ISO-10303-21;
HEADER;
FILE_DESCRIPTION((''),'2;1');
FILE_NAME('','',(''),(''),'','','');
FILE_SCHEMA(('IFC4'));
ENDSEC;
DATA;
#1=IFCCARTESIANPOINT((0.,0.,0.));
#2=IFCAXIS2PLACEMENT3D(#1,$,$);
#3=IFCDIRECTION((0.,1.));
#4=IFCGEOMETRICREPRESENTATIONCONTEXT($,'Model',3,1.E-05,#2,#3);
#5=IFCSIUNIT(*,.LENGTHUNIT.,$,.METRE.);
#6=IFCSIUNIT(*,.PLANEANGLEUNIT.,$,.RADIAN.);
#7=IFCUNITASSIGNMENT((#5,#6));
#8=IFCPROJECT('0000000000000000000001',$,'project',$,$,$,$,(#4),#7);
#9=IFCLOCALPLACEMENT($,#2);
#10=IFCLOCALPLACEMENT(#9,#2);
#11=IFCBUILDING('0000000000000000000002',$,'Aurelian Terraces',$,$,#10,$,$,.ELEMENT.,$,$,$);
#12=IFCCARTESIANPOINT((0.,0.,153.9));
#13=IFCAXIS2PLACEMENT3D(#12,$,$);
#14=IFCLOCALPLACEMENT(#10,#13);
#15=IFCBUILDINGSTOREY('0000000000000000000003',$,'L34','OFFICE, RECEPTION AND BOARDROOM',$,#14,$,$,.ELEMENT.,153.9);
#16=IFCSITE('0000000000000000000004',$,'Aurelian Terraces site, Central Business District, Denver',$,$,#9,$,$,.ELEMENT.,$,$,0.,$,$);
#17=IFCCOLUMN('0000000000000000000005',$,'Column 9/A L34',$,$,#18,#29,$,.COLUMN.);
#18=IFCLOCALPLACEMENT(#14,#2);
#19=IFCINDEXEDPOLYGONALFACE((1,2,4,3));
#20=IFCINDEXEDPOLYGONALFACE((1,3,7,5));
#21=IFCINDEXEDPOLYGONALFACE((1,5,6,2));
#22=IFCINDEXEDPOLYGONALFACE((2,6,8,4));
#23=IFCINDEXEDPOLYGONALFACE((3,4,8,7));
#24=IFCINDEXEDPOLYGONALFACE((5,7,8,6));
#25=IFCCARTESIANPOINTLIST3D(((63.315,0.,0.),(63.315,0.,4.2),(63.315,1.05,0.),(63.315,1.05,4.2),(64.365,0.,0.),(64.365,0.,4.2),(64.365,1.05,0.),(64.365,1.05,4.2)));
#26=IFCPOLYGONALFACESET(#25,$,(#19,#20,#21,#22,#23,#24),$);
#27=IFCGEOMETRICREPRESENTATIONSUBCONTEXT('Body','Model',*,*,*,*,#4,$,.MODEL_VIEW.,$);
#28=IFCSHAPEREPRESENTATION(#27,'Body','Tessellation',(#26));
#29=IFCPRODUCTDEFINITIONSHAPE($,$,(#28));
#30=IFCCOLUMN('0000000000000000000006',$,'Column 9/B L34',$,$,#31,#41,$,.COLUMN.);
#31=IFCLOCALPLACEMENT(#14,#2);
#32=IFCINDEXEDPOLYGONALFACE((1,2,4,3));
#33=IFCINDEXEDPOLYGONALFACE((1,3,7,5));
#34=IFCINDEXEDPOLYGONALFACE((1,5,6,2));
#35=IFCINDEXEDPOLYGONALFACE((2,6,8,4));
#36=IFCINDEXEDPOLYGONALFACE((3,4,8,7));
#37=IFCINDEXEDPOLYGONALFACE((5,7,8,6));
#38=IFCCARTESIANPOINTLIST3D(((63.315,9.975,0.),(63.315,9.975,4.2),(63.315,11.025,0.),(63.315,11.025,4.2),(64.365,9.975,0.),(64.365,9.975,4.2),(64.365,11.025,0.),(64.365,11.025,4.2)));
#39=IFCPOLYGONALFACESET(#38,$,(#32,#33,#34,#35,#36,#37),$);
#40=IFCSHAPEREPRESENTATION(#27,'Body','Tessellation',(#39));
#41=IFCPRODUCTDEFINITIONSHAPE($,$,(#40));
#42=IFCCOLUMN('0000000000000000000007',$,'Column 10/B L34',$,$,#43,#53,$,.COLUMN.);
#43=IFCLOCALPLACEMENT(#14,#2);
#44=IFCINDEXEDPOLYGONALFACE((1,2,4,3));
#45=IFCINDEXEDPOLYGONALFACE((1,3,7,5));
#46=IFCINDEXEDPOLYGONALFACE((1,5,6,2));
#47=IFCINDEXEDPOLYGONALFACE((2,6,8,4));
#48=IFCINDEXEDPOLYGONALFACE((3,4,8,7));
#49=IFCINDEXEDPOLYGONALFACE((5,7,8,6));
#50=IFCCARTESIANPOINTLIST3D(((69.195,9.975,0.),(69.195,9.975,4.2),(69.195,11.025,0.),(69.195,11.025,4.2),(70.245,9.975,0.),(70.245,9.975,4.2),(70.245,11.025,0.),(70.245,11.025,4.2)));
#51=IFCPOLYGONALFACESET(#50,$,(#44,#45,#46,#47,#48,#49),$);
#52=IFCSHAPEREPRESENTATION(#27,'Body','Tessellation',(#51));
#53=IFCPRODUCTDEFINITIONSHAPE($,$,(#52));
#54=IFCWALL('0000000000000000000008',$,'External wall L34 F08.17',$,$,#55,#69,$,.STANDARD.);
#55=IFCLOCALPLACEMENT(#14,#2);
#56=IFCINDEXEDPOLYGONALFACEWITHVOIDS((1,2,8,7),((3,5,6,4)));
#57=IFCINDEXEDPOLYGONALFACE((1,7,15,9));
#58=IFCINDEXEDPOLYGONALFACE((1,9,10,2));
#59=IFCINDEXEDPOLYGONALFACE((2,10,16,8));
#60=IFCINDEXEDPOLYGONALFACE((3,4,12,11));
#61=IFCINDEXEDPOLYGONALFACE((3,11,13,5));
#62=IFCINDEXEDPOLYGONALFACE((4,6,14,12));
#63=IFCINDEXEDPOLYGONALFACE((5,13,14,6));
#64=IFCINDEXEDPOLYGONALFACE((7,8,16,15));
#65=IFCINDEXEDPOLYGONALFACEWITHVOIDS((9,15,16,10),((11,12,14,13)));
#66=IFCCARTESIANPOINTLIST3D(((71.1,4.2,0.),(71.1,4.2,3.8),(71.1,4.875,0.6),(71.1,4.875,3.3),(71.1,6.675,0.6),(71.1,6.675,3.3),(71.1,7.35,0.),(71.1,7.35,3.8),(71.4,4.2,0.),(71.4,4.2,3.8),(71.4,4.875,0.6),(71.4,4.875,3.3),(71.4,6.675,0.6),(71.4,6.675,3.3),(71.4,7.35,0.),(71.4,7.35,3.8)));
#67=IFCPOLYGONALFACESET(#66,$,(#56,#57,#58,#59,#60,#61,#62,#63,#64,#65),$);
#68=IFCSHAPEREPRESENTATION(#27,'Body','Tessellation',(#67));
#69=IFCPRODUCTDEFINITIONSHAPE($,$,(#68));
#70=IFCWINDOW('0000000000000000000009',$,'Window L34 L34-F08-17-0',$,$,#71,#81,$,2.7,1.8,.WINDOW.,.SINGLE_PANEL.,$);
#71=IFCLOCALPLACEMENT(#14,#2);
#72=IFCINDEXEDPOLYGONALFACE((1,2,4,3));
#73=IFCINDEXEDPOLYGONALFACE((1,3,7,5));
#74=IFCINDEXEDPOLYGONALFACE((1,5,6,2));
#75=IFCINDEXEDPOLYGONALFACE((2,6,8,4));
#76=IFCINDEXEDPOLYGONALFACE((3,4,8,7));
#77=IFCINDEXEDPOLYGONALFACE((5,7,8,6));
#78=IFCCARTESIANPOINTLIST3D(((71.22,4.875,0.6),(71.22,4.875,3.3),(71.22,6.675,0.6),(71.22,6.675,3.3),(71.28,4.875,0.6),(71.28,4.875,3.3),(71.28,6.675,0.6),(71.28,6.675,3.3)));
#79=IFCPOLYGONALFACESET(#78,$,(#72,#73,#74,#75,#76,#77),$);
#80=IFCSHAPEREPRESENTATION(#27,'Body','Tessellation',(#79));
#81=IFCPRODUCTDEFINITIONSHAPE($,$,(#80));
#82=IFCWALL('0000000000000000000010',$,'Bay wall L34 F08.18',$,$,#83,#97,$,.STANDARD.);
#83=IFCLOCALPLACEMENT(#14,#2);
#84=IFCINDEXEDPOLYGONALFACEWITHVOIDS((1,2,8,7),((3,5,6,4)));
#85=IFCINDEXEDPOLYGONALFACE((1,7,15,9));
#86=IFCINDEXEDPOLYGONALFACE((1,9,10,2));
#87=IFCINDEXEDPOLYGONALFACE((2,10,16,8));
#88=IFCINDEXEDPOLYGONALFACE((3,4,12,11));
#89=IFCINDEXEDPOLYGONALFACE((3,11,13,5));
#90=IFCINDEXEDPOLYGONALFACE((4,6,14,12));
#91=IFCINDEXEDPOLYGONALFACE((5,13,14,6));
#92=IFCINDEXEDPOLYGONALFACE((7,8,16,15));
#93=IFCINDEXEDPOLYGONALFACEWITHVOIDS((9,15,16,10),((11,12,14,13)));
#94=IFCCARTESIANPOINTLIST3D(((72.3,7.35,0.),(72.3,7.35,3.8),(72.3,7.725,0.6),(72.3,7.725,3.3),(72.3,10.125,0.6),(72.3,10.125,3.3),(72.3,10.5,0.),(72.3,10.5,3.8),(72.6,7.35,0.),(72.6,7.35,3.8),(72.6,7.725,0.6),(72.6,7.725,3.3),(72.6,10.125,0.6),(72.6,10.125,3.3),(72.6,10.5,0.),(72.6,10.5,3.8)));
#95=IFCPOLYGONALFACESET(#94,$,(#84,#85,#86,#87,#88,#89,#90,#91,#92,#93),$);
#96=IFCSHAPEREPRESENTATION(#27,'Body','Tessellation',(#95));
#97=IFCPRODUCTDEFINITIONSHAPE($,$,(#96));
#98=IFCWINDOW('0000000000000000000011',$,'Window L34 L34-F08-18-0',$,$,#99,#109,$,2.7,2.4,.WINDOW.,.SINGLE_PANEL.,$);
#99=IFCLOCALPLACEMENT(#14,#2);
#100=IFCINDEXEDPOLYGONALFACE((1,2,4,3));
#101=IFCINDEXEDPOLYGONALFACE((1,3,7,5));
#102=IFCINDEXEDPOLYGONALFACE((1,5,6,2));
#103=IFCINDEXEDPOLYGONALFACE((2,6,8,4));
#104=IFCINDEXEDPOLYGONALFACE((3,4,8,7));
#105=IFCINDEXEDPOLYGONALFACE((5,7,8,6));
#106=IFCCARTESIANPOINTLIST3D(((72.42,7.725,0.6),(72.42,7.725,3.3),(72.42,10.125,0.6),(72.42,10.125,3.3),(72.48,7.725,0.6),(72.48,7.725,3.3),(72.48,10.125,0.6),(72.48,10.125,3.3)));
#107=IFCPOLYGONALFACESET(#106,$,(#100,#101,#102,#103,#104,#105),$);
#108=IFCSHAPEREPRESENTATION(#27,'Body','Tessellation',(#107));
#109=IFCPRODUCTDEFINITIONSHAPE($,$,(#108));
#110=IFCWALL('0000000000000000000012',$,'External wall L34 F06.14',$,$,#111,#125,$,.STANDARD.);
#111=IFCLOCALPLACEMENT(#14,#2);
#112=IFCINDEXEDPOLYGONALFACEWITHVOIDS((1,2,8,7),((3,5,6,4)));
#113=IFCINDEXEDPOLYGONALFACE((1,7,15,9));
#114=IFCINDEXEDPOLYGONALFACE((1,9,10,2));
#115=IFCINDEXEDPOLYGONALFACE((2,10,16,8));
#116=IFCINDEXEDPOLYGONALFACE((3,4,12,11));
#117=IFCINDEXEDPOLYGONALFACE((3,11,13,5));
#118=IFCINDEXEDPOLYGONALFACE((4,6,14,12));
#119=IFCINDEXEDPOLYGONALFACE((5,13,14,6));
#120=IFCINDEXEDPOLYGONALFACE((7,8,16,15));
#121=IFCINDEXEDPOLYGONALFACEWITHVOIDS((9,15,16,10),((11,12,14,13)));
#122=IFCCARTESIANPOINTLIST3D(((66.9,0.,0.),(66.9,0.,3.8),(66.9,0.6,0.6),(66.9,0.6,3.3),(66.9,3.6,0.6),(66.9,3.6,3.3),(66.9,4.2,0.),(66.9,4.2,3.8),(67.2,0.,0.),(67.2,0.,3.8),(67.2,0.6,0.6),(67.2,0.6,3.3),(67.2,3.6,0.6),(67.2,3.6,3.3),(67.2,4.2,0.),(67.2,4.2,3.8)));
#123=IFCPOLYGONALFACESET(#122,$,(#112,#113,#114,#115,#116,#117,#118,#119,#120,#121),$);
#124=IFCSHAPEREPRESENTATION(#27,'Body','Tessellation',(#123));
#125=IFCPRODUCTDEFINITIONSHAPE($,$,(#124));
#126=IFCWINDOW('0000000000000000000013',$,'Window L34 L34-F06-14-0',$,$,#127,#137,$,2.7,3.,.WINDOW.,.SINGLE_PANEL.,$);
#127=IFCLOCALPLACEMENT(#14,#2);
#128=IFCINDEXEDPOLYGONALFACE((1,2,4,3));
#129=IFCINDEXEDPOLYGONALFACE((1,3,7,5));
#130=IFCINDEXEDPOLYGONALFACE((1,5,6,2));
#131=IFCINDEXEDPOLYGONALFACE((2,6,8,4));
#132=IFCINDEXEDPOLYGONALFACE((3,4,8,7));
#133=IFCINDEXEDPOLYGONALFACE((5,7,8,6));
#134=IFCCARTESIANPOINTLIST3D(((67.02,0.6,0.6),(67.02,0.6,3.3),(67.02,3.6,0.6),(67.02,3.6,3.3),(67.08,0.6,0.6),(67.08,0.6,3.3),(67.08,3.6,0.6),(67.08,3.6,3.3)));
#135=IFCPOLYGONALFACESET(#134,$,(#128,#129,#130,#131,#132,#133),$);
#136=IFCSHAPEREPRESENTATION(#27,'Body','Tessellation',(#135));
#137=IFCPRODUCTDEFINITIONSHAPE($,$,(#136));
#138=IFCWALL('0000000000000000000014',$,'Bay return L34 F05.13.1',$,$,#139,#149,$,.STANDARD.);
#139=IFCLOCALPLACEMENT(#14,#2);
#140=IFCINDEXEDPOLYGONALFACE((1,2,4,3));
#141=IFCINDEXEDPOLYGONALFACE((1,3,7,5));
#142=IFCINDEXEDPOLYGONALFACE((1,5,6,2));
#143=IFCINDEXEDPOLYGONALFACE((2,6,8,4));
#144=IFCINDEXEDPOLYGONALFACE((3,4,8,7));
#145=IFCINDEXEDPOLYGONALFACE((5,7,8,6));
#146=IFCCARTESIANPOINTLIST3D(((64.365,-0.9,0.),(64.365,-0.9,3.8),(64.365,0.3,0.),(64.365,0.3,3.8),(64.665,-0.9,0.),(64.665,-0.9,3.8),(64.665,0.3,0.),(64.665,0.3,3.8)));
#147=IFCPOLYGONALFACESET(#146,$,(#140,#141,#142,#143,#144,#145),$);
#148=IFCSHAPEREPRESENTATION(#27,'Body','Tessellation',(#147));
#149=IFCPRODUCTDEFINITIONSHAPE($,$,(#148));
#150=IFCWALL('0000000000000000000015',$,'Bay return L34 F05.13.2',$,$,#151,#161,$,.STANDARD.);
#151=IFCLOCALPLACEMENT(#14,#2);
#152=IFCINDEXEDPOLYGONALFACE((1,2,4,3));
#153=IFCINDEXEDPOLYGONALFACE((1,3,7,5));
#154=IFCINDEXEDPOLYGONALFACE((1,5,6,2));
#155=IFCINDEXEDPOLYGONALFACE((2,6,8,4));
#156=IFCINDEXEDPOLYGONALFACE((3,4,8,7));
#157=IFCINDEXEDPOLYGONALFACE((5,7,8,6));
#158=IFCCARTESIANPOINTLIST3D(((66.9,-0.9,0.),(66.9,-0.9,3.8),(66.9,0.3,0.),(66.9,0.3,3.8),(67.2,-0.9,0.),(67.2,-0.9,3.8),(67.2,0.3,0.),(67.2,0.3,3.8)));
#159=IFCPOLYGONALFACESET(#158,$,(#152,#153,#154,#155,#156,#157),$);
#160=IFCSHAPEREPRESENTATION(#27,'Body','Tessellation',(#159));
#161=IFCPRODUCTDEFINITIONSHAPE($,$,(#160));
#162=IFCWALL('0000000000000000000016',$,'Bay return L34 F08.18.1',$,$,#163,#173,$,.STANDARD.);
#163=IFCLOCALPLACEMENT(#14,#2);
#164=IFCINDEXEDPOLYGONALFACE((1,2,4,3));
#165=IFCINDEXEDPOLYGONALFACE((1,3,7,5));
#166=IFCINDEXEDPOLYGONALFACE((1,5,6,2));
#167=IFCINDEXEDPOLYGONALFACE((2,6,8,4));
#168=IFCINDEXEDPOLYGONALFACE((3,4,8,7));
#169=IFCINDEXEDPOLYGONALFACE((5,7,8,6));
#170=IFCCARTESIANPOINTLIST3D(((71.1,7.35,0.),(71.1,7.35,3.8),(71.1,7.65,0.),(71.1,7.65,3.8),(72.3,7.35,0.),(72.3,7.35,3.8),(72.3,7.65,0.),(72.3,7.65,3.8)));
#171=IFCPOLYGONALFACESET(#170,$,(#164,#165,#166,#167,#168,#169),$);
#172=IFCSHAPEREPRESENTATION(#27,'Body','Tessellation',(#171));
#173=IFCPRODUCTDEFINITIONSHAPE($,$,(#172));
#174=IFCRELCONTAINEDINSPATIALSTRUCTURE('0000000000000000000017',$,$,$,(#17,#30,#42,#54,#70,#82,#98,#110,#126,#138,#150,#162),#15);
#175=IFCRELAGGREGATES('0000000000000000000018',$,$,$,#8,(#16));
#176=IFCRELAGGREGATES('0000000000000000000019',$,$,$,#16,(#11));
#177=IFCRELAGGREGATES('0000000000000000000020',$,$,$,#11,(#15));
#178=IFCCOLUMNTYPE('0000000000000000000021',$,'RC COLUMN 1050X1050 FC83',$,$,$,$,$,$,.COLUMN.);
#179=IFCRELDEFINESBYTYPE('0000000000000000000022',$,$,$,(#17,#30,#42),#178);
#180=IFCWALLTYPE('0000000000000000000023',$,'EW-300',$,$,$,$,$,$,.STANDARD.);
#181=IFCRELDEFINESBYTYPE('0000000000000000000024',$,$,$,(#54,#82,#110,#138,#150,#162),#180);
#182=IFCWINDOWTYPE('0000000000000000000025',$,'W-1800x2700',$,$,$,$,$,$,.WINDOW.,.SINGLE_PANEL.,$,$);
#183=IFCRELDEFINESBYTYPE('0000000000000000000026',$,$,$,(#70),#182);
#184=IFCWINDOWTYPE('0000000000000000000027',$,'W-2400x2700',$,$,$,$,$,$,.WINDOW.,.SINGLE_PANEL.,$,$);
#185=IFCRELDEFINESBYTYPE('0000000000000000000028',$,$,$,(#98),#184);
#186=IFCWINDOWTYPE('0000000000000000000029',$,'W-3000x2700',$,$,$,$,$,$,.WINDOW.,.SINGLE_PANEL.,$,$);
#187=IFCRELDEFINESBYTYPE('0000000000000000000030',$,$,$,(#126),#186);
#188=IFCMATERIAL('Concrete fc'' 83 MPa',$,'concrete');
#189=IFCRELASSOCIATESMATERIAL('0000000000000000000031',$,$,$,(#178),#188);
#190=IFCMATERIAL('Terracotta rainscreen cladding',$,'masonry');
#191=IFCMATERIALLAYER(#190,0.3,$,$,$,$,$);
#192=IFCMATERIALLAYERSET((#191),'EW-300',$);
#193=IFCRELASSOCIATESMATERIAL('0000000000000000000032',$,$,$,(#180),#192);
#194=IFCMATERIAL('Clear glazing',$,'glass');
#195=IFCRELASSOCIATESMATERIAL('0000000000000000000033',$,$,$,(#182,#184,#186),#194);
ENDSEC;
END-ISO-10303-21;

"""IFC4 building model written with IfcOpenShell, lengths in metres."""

from ifc_helpers import new_model, si_unit, direction, frame, frame_2d, origin, origin_2d, place, context, subcontext, project, spatial, rectangle, extrude, source, transform, mapped, material, layer, layer_set, material_profile, profile_set, type_object, element, fill, save


model = new_model("IFC4")

# Units and contexts
model_context = context("Model", 3, precision=1e-05, world=origin(), true_north=direction((0.0, 1.0)))
body_context = subcontext(model_context, "Body", "Model", "MODEL_VIEW")
ifc_project = project(units=[si_unit("LENGTHUNIT", "METRE"), si_unit("PLANEANGLEUNIT", "RADIAN")], contexts=[model_context])

# Site, building, storey
site_placement = place(None, origin())
site = spatial("IfcSite", under=ifc_project, at=site_placement, Name="Aurelian Terraces site, Central Business District, Denver", CompositionType="ELEMENT", RefElevation=0.0)
building_placement = place(site_placement, origin())
building = spatial("IfcBuilding", under=site, at=building_placement, Name="Aurelian Terraces", CompositionType="ELEMENT")
storey_placement = place(building_placement, frame((0.0, 0.0, 153.9)))
storey = spatial("IfcBuildingStorey", under=building, at=storey_placement, Name="L34", Description="OFFICE, RECEPTION AND BOARDROOM", CompositionType="ELEMENT", Elevation=153.9)

# Columns
ifc_material_1 = material(Name="Concrete fc' 83 MPa", Category="concrete")
ifc_material_profile = material_profile(ifc_material_1, rectangle(XDim=1.05, YDim=1.05, at=origin_2d()))
ifc_profile_set = profile_set([ifc_material_profile], Name="Concrete fc' 83 MPa")
column_type = type_object("IfcColumnType", Name="RC COLUMN 1050X1050 FC83", PredefinedType="COLUMN", material=ifc_profile_set)
shared_shape_1 = source(origin(), body_context, "Body", "SweptSolid", [
    extrude(rectangle(XDim=1.05, YDim=1.05, at=origin_2d()), origin(), (0.0, 0.0, 1.0), 4.2),
])
for number, where, z_axis, x_axis, name in (
    (1, (63.84, 0.525, 0.0), (0.0, 0.0, 1.0), (1.0, 0.0, 0.0), "Column 9/A L34"),
    (2, (63.84, 10.5, 0.0), (0.0, 0.0, 1.0), (1.0, 0.0, 0.0), "Column 9/B L34"),
    (3, (69.72, 10.5, 0.0), (0.0, 0.0, 1.0), (1.0, 0.0, 0.0), "Column 10/B L34"),
):
    element("IfcColumn", number, at=place(storey_placement, frame(where, z_axis=z_axis, x_axis=x_axis)), inside=storey, type_object=column_type, Name=name, PredefinedType="COLUMN", context=body_context, shape_type="MappedRepresentation", body=[
        mapped(shared_shape_1, transform((0.0, 0.0, 0.0), scale=1.0)),
    ])

# Walls, openings, windows
ifc_material_2 = material(Name="Terracotta rainscreen cladding", Category="masonry")
ifc_layer_1 = layer(ifc_material_2, 0.3)
ifc_layer_set_1 = layer_set([ifc_layer_1], Name="EW-300")
wall_type_1 = type_object("IfcWallType", Name="EW-300", PredefinedType="STANDARD", material=ifc_layer_set_1)
shared_shape_2 = source(origin(), body_context, "Body", "SweptSolid", [
    extrude(rectangle(XDim=3.15, YDim=0.3, at=frame_2d((1.575, 0.0))), origin(), (0.0, 0.0, 1.0), 3.8),
])
wall_1_placement = place(storey_placement, frame((71.25, 4.2, 0.0), z_axis=(0.0, 0.0, 1.0), x_axis=(0.0, 1.0, 0.0)))
wall_1 = element("IfcWall", 4, at=wall_1_placement, inside=storey, type_object=wall_type_1, Name="External wall L34 F08.17", PredefinedType="STANDARD", context=body_context, shape_type="MappedRepresentation", body=[
    mapped(shared_shape_2, transform((0.0, 0.0, 0.0), scale=1.0)),
])
shared_shape_3 = source(origin(), body_context, "Body", "SweptSolid", [
    extrude(rectangle(XDim=1.8, YDim=2.7, at=frame_2d((0.9, 1.35))), frame((0.0, 0.16, 0.0), z_axis=(0.0, -1.0, 0.0), x_axis=(1.0, 0.0, 0.0)), (0.0, 0.0, 1.0), 0.32),
])
opening_1_placement = place(wall_1_placement, frame((0.675, 0.0, 0.6)))
opening_1 = element("IfcOpeningElement", 5, at=opening_1_placement, cuts=wall_1, PredefinedType="OPENING", context=body_context, shape_type="MappedRepresentation", body=[
    mapped(shared_shape_3, transform((0.0, 0.0, 0.0), scale=1.0)),
])
ifc_material_3 = material(Name="Clear glazing", Category="glass")
window_type_1 = type_object("IfcWindowType", Name="W-1800x2700", PartitioningType="SINGLE_PANEL", PredefinedType="WINDOW", material=ifc_material_3)
shared_shape_4 = source(origin(), body_context, "Body", "SweptSolid", [
    extrude(rectangle(XDim=1.8, YDim=2.7, at=frame_2d((0.9, 1.35))), frame((0.0, 0.03, 0.0), z_axis=(0.0, -1.0, 0.0), x_axis=(1.0, 0.0, 0.0)), (0.0, 0.0, 1.0), 0.06),
])
window_1_placement = place(opening_1_placement, origin())
window_1 = element("IfcWindow", 6, at=window_1_placement, inside=storey, type_object=window_type_1, Name="Window L34 L34-F08-17-0", OverallHeight=2.7, OverallWidth=1.8, PartitioningType="SINGLE_PANEL", PredefinedType="WINDOW", context=body_context, shape_type="MappedRepresentation", body=[
    mapped(shared_shape_4, transform((0.0, 0.0, 0.0), scale=1.0)),
])
fill(opening_1, window_1)
wall_2_placement = place(storey_placement, frame((72.45, 7.35, 0.0), z_axis=(0.0, 0.0, 1.0), x_axis=(0.0, 1.0, 0.0)))
wall_2 = element("IfcWall", 7, at=wall_2_placement, inside=storey, type_object=wall_type_1, Name="Bay wall L34 F08.18", PredefinedType="STANDARD", context=body_context, shape_type="MappedRepresentation", body=[
    mapped(shared_shape_2, transform((0.0, 0.0, 0.0), scale=1.0)),
])
shared_shape_5 = source(origin(), body_context, "Body", "SweptSolid", [
    extrude(rectangle(XDim=2.4, YDim=2.7, at=frame_2d((1.2, 1.35))), frame((0.0, 0.16, 0.0), z_axis=(0.0, -1.0, 0.0), x_axis=(1.0, 0.0, 0.0)), (0.0, 0.0, 1.0), 0.32),
])
opening_2_placement = place(wall_2_placement, frame((0.375, 0.0, 0.6)))
opening_2 = element("IfcOpeningElement", 8, at=opening_2_placement, cuts=wall_2, PredefinedType="OPENING", context=body_context, shape_type="MappedRepresentation", body=[
    mapped(shared_shape_5, transform((0.0, 0.0, 0.0), scale=1.0)),
])
window_type_2 = type_object("IfcWindowType", Name="W-2400x2700", PartitioningType="SINGLE_PANEL", PredefinedType="WINDOW", material=ifc_material_3)
shared_shape_6 = source(origin(), body_context, "Body", "SweptSolid", [
    extrude(rectangle(XDim=2.4, YDim=2.7, at=frame_2d((1.2, 1.35))), frame((0.0, 0.03, 0.0), z_axis=(0.0, -1.0, 0.0), x_axis=(1.0, 0.0, 0.0)), (0.0, 0.0, 1.0), 0.06),
])
window_2_placement = place(opening_2_placement, origin())
window_2 = element("IfcWindow", 9, at=window_2_placement, inside=storey, type_object=window_type_2, Name="Window L34 L34-F08-18-0", OverallHeight=2.7, OverallWidth=2.4, PartitioningType="SINGLE_PANEL", PredefinedType="WINDOW", context=body_context, shape_type="MappedRepresentation", body=[
    mapped(shared_shape_6, transform((0.0, 0.0, 0.0), scale=1.0)),
])
fill(opening_2, window_2)
shared_shape_7 = source(origin(), body_context, "Body", "SweptSolid", [
    extrude(rectangle(XDim=4.2, YDim=0.3, at=frame_2d((2.1, 0.0))), origin(), (0.0, 0.0, 1.0), 3.8),
])
wall_3_placement = place(storey_placement, frame((67.05, 0.0, 0.0), z_axis=(0.0, 0.0, 1.0), x_axis=(0.0, 1.0, 0.0)))
wall_3 = element("IfcWall", 10, at=wall_3_placement, inside=storey, type_object=wall_type_1, Name="External wall L34 F06.14", PredefinedType="STANDARD", context=body_context, shape_type="MappedRepresentation", body=[
    mapped(shared_shape_7, transform((0.0, 0.0, 0.0), scale=1.0)),
])
shared_shape_8 = source(origin(), body_context, "Body", "SweptSolid", [
    extrude(rectangle(XDim=3.0, YDim=2.7, at=frame_2d((1.5, 1.35))), frame((0.0, 0.16, 0.0), z_axis=(0.0, -1.0, 0.0), x_axis=(1.0, 0.0, 0.0)), (0.0, 0.0, 1.0), 0.32),
])
opening_3_placement = place(wall_3_placement, frame((0.6, 0.0, 0.6)))
opening_3 = element("IfcOpeningElement", 11, at=opening_3_placement, cuts=wall_3, PredefinedType="OPENING", context=body_context, shape_type="MappedRepresentation", body=[
    mapped(shared_shape_8, transform((0.0, 0.0, 0.0), scale=1.0)),
])
window_type_3 = type_object("IfcWindowType", Name="W-3000x2700", PartitioningType="SINGLE_PANEL", PredefinedType="WINDOW", material=ifc_material_3)
shared_shape_9 = source(origin(), body_context, "Body", "SweptSolid", [
    extrude(rectangle(XDim=3.0, YDim=2.7, at=frame_2d((1.5, 1.35))), frame((0.0, 0.03, 0.0), z_axis=(0.0, -1.0, 0.0), x_axis=(1.0, 0.0, 0.0)), (0.0, 0.0, 1.0), 0.06),
])
window_3_placement = place(opening_3_placement, origin())
window_3 = element("IfcWindow", 12, at=window_3_placement, inside=storey, type_object=window_type_3, Name="Window L34 L34-F06-14-0", OverallHeight=2.7, OverallWidth=3.0, PartitioningType="SINGLE_PANEL", PredefinedType="WINDOW", context=body_context, shape_type="MappedRepresentation", body=[
    mapped(shared_shape_9, transform((0.0, 0.0, 0.0), scale=1.0)),
])
fill(opening_3, window_3)

# Walls
shared_shape_10 = source(origin(), body_context, "Body", "SweptSolid", [
    extrude(rectangle(XDim=1.2, YDim=0.3, at=frame_2d((0.6, 0.0))), origin(), (0.0, 0.0, 1.0), 3.8),
])
for number, where, z_axis, x_axis, name in (
    (13, (64.515, 0.3, 0.0), (0.0, 0.0, 1.0), (0.0, -1.0, 0.0), "Bay return L34 F05.13.1"),
    (14, (67.05, 0.3, 0.0), (0.0, 0.0, 1.0), (0.0, -1.0, 0.0), "Bay return L34 F05.13.2"),
    (15, (71.1, 7.5, 0.0), (0.0, 0.0, 1.0), (1.0, 0.0, 0.0), "Bay return L34 F08.18.1"),
):
    element("IfcWall", number, at=place(storey_placement, frame(where, z_axis=z_axis, x_axis=x_axis)), inside=storey, type_object=wall_type_1, Name=name, PredefinedType="STANDARD", context=body_context, shape_type="MappedRepresentation", body=[
        mapped(shared_shape_10, transform((0.0, 0.0, 0.0), scale=1.0)),
    ])

save(model, "model.ifc")
